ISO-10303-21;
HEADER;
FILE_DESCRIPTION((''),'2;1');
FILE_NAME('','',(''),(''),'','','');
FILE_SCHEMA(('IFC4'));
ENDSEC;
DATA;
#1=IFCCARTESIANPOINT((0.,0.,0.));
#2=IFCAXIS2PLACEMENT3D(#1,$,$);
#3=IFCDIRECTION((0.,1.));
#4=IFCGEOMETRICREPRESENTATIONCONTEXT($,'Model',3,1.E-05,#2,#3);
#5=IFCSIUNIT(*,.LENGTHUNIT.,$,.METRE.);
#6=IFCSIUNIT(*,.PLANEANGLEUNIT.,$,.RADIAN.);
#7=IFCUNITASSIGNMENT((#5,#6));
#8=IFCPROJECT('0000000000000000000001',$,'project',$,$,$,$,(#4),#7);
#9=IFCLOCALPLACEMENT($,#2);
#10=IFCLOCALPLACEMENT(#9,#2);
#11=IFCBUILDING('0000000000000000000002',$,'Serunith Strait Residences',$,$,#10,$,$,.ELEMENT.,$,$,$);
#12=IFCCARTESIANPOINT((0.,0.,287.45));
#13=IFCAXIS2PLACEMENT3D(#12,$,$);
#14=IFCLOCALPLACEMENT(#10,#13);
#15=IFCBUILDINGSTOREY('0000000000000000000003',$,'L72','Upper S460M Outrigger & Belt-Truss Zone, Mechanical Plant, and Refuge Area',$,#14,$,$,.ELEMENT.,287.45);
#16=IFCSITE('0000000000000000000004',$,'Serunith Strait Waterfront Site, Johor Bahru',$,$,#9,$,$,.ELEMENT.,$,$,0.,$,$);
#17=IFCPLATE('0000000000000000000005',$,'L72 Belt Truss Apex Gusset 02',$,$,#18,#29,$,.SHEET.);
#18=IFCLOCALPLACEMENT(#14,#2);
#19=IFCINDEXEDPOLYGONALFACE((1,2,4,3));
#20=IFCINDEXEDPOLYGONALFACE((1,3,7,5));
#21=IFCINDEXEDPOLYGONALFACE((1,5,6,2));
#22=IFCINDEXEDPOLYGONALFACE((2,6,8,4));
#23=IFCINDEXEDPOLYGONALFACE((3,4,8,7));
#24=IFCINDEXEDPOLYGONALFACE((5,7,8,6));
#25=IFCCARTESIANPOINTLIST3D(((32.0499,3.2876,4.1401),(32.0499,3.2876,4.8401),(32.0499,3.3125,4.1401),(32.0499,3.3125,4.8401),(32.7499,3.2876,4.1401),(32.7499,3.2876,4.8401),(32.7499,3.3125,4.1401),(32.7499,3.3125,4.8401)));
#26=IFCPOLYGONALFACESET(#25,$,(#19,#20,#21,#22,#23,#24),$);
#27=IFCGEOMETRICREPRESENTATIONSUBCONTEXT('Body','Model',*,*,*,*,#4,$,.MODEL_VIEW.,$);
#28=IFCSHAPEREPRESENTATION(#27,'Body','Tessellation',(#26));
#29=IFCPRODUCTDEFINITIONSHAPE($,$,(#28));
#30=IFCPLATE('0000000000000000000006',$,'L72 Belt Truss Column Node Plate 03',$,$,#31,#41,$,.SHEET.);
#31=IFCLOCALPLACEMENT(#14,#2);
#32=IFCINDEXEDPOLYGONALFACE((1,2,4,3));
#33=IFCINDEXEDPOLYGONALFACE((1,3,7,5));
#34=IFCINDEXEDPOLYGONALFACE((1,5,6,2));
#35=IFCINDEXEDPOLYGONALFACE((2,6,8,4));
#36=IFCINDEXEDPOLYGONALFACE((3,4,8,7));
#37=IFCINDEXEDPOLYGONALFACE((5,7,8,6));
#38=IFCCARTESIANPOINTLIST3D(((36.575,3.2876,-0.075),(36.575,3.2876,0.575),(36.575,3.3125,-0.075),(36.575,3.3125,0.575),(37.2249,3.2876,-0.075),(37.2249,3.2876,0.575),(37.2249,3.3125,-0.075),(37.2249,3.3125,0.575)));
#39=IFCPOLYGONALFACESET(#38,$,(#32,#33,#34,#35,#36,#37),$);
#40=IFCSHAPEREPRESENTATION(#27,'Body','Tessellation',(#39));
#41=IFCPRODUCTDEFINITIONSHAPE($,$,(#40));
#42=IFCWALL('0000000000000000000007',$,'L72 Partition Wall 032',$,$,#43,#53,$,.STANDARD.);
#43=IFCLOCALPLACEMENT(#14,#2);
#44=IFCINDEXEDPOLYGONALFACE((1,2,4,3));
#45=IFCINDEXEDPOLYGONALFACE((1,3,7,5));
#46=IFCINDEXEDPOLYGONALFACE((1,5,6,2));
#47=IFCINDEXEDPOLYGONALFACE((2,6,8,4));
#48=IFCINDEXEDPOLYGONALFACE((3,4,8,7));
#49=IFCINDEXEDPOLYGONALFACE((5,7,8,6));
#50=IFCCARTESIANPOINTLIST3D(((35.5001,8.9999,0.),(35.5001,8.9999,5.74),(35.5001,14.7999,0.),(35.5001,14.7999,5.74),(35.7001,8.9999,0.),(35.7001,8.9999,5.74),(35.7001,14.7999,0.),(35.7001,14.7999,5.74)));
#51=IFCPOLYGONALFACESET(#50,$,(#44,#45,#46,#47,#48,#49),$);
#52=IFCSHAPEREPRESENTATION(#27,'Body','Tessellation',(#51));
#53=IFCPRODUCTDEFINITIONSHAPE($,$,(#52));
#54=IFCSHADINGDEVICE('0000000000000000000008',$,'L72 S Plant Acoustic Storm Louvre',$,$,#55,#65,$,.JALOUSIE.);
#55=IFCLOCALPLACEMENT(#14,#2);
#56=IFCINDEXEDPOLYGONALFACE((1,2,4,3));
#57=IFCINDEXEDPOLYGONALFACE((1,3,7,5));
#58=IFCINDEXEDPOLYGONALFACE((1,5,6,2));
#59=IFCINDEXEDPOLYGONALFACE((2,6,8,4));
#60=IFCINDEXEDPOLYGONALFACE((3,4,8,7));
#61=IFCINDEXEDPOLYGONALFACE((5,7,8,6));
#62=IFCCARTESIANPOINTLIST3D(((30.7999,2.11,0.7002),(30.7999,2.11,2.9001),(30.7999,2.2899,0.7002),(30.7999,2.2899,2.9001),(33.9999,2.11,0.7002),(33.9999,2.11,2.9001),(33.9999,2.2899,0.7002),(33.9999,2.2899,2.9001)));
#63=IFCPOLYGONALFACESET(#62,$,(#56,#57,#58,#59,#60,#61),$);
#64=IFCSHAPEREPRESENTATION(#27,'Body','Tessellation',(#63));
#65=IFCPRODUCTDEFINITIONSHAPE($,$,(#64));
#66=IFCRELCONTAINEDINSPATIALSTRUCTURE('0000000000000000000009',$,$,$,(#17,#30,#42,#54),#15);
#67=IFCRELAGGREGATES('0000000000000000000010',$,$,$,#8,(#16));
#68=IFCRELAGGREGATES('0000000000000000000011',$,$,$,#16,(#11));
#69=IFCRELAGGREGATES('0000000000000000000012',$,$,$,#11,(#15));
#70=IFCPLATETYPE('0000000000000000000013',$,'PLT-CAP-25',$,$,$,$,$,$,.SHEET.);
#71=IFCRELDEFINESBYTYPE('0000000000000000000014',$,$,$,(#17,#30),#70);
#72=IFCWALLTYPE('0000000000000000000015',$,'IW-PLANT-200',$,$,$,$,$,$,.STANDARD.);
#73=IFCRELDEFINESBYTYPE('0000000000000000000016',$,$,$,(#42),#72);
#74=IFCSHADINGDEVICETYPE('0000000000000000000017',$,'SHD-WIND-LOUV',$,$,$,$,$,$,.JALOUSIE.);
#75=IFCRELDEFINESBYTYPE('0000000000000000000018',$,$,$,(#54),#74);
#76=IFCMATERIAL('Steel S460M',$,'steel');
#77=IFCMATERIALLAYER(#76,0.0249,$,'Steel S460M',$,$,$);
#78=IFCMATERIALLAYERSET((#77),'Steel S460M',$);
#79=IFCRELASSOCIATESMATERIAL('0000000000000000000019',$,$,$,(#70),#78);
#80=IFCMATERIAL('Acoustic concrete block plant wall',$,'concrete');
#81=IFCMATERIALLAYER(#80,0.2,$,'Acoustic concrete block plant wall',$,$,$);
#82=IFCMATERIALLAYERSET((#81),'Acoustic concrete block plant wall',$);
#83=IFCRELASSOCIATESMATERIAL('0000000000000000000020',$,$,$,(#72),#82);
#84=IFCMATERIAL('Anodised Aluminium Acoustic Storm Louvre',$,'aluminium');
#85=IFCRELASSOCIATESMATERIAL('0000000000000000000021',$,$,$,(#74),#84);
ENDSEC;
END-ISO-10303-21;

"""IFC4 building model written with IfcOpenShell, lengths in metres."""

from ifc_helpers import new_model, si_unit, direction, frame, frame_2d, origin, origin_2d, place, context, subcontext, project, spatial, rectangle, extrude, source, transform, mapped, material, layer, layer_set, type_object, element, save


model = new_model("IFC4")

# Units and contexts
model_context = context("Model", 3, precision=1e-05, world=origin(), true_north=direction((0.0, 1.0)))
body_context = subcontext(model_context, "Body", "Model", "MODEL_VIEW")
ifc_project = project(units=[si_unit("LENGTHUNIT", "METRE"), si_unit("PLANEANGLEUNIT", "RADIAN")], contexts=[model_context])

# Site, building, storey
site_placement = place(None, origin())
site = spatial("IfcSite", under=ifc_project, at=site_placement, Name="Serunith Strait Waterfront Site, Johor Bahru", CompositionType="ELEMENT", RefElevation=0.0)
building_placement = place(site_placement, origin())
building = spatial("IfcBuilding", under=site, at=building_placement, Name="Serunith Strait Residences", CompositionType="ELEMENT")
storey_placement = place(building_placement, frame((0.0, 0.0, 287.45)))
storey = spatial("IfcBuildingStorey", under=building, at=storey_placement, Name="L72", Description="Upper S460M Outrigger & Belt-Truss Zone, Mechanical Plant, and Refuge Area", CompositionType="ELEMENT", Elevation=287.45)

# Shared definitions
ifc_material_1 = material(Name="Steel S460M", Category="steel")

# Plates
ifc_layer_1 = layer(ifc_material_1, 0.0249, Name="Steel S460M")
ifc_layer_set_1 = layer_set([ifc_layer_1], Name="Steel S460M")
plate_type_1 = type_object("IfcPlateType", Name="PLT-CAP-25", PredefinedType="SHEET", material=ifc_layer_set_1)
shared_shape_1 = source(origin(), body_context, "Body", "SweptSolid", [
    extrude(rectangle(XDim=0.7, YDim=0.0249, at=origin_2d()), origin(), (0.0, 0.0, 1.0), 0.7),
])
plate_1_placement = place(storey_placement, frame((32.3999, 3.3, 4.1401), z_axis=(0.0, 0.0, 1.0), x_axis=(1.0, 0.0, 0.0)))
element("IfcPlate", 1, at=plate_1_placement, inside=storey, type_object=plate_type_1, Name="L72 Belt Truss Apex Gusset 02", PredefinedType="SHEET", context=body_context, shape_type="MappedRepresentation", body=[
    mapped(shared_shape_1, transform((0.0, 0.0, 0.0), scale=1.0)),
])
shared_shape_2 = source(origin(), body_context, "Body", "SweptSolid", [
    extrude(rectangle(XDim=0.6499, YDim=0.0249, at=origin_2d()), origin(), (0.0, 0.0, 1.0), 0.6499),
])
plate_2_placement = place(storey_placement, frame((36.8999, 3.3, -0.075), z_axis=(0.0, 0.0, 1.0), x_axis=(1.0, 0.0, 0.0)))
element("IfcPlate", 2, at=plate_2_placement, inside=storey, type_object=plate_type_1, Name="L72 Belt Truss Column Node Plate 03", PredefinedType="SHEET", context=body_context, shape_type="MappedRepresentation", body=[
    mapped(shared_shape_2, transform((0.0, 0.0, 0.0), scale=1.0)),
])

# Wall
ifc_material_2 = material(Name="Acoustic concrete block plant wall", Category="concrete")
ifc_layer_2 = layer(ifc_material_2, 0.2, Name="Acoustic concrete block plant wall")
ifc_layer_set_2 = layer_set([ifc_layer_2], Name="Acoustic concrete block plant wall")
wall_type = type_object("IfcWallType", Name="IW-PLANT-200", PredefinedType="STANDARD", material=ifc_layer_set_2)
wall_placement = place(storey_placement, frame((35.6001, 9.0, 0.0), z_axis=(0.0, 0.0, 1.0), x_axis=(0.0, 1.0, 0.0)))
element("IfcWall", 3, at=wall_placement, inside=storey, type_object=wall_type, Name="L72 Partition Wall 032", PredefinedType="STANDARD", context=body_context, shape_type="SweptSolid", body=[
    extrude(rectangle(XDim=5.8, YDim=0.2, at=frame_2d((2.8999, 0.0))), origin(), (0.0, 0.0, 1.0), 5.74),
])

# Shading device
ifc_material_3 = material(Name="Anodised Aluminium Acoustic Storm Louvre", Category="aluminium")
shading_device_type = type_object("IfcShadingDeviceType", Name="SHD-WIND-LOUV", PredefinedType="JALOUSIE", material=ifc_material_3)
shared_shape_3 = source(origin(), body_context, "Body", "SweptSolid", [
    extrude(rectangle(XDim=3.2, YDim=0.1799, at=origin_2d()), origin(), (0.0, 0.0, 1.0), 2.2),
])
shading_device_placement = place(storey_placement, frame((32.3999, 2.2, 0.7002), z_axis=(0.0, 0.0, 1.0), x_axis=(1.0, 0.0, 0.0)))
element("IfcShadingDevice", 4, at=shading_device_placement, inside=storey, type_object=shading_device_type, Name="L72 S Plant Acoustic Storm Louvre", PredefinedType="JALOUSIE", context=body_context, shape_type="MappedRepresentation", body=[
    mapped(shared_shape_3, transform((0.0, 0.0, 0.0), scale=1.0)),
])

save(model, "model.ifc")
